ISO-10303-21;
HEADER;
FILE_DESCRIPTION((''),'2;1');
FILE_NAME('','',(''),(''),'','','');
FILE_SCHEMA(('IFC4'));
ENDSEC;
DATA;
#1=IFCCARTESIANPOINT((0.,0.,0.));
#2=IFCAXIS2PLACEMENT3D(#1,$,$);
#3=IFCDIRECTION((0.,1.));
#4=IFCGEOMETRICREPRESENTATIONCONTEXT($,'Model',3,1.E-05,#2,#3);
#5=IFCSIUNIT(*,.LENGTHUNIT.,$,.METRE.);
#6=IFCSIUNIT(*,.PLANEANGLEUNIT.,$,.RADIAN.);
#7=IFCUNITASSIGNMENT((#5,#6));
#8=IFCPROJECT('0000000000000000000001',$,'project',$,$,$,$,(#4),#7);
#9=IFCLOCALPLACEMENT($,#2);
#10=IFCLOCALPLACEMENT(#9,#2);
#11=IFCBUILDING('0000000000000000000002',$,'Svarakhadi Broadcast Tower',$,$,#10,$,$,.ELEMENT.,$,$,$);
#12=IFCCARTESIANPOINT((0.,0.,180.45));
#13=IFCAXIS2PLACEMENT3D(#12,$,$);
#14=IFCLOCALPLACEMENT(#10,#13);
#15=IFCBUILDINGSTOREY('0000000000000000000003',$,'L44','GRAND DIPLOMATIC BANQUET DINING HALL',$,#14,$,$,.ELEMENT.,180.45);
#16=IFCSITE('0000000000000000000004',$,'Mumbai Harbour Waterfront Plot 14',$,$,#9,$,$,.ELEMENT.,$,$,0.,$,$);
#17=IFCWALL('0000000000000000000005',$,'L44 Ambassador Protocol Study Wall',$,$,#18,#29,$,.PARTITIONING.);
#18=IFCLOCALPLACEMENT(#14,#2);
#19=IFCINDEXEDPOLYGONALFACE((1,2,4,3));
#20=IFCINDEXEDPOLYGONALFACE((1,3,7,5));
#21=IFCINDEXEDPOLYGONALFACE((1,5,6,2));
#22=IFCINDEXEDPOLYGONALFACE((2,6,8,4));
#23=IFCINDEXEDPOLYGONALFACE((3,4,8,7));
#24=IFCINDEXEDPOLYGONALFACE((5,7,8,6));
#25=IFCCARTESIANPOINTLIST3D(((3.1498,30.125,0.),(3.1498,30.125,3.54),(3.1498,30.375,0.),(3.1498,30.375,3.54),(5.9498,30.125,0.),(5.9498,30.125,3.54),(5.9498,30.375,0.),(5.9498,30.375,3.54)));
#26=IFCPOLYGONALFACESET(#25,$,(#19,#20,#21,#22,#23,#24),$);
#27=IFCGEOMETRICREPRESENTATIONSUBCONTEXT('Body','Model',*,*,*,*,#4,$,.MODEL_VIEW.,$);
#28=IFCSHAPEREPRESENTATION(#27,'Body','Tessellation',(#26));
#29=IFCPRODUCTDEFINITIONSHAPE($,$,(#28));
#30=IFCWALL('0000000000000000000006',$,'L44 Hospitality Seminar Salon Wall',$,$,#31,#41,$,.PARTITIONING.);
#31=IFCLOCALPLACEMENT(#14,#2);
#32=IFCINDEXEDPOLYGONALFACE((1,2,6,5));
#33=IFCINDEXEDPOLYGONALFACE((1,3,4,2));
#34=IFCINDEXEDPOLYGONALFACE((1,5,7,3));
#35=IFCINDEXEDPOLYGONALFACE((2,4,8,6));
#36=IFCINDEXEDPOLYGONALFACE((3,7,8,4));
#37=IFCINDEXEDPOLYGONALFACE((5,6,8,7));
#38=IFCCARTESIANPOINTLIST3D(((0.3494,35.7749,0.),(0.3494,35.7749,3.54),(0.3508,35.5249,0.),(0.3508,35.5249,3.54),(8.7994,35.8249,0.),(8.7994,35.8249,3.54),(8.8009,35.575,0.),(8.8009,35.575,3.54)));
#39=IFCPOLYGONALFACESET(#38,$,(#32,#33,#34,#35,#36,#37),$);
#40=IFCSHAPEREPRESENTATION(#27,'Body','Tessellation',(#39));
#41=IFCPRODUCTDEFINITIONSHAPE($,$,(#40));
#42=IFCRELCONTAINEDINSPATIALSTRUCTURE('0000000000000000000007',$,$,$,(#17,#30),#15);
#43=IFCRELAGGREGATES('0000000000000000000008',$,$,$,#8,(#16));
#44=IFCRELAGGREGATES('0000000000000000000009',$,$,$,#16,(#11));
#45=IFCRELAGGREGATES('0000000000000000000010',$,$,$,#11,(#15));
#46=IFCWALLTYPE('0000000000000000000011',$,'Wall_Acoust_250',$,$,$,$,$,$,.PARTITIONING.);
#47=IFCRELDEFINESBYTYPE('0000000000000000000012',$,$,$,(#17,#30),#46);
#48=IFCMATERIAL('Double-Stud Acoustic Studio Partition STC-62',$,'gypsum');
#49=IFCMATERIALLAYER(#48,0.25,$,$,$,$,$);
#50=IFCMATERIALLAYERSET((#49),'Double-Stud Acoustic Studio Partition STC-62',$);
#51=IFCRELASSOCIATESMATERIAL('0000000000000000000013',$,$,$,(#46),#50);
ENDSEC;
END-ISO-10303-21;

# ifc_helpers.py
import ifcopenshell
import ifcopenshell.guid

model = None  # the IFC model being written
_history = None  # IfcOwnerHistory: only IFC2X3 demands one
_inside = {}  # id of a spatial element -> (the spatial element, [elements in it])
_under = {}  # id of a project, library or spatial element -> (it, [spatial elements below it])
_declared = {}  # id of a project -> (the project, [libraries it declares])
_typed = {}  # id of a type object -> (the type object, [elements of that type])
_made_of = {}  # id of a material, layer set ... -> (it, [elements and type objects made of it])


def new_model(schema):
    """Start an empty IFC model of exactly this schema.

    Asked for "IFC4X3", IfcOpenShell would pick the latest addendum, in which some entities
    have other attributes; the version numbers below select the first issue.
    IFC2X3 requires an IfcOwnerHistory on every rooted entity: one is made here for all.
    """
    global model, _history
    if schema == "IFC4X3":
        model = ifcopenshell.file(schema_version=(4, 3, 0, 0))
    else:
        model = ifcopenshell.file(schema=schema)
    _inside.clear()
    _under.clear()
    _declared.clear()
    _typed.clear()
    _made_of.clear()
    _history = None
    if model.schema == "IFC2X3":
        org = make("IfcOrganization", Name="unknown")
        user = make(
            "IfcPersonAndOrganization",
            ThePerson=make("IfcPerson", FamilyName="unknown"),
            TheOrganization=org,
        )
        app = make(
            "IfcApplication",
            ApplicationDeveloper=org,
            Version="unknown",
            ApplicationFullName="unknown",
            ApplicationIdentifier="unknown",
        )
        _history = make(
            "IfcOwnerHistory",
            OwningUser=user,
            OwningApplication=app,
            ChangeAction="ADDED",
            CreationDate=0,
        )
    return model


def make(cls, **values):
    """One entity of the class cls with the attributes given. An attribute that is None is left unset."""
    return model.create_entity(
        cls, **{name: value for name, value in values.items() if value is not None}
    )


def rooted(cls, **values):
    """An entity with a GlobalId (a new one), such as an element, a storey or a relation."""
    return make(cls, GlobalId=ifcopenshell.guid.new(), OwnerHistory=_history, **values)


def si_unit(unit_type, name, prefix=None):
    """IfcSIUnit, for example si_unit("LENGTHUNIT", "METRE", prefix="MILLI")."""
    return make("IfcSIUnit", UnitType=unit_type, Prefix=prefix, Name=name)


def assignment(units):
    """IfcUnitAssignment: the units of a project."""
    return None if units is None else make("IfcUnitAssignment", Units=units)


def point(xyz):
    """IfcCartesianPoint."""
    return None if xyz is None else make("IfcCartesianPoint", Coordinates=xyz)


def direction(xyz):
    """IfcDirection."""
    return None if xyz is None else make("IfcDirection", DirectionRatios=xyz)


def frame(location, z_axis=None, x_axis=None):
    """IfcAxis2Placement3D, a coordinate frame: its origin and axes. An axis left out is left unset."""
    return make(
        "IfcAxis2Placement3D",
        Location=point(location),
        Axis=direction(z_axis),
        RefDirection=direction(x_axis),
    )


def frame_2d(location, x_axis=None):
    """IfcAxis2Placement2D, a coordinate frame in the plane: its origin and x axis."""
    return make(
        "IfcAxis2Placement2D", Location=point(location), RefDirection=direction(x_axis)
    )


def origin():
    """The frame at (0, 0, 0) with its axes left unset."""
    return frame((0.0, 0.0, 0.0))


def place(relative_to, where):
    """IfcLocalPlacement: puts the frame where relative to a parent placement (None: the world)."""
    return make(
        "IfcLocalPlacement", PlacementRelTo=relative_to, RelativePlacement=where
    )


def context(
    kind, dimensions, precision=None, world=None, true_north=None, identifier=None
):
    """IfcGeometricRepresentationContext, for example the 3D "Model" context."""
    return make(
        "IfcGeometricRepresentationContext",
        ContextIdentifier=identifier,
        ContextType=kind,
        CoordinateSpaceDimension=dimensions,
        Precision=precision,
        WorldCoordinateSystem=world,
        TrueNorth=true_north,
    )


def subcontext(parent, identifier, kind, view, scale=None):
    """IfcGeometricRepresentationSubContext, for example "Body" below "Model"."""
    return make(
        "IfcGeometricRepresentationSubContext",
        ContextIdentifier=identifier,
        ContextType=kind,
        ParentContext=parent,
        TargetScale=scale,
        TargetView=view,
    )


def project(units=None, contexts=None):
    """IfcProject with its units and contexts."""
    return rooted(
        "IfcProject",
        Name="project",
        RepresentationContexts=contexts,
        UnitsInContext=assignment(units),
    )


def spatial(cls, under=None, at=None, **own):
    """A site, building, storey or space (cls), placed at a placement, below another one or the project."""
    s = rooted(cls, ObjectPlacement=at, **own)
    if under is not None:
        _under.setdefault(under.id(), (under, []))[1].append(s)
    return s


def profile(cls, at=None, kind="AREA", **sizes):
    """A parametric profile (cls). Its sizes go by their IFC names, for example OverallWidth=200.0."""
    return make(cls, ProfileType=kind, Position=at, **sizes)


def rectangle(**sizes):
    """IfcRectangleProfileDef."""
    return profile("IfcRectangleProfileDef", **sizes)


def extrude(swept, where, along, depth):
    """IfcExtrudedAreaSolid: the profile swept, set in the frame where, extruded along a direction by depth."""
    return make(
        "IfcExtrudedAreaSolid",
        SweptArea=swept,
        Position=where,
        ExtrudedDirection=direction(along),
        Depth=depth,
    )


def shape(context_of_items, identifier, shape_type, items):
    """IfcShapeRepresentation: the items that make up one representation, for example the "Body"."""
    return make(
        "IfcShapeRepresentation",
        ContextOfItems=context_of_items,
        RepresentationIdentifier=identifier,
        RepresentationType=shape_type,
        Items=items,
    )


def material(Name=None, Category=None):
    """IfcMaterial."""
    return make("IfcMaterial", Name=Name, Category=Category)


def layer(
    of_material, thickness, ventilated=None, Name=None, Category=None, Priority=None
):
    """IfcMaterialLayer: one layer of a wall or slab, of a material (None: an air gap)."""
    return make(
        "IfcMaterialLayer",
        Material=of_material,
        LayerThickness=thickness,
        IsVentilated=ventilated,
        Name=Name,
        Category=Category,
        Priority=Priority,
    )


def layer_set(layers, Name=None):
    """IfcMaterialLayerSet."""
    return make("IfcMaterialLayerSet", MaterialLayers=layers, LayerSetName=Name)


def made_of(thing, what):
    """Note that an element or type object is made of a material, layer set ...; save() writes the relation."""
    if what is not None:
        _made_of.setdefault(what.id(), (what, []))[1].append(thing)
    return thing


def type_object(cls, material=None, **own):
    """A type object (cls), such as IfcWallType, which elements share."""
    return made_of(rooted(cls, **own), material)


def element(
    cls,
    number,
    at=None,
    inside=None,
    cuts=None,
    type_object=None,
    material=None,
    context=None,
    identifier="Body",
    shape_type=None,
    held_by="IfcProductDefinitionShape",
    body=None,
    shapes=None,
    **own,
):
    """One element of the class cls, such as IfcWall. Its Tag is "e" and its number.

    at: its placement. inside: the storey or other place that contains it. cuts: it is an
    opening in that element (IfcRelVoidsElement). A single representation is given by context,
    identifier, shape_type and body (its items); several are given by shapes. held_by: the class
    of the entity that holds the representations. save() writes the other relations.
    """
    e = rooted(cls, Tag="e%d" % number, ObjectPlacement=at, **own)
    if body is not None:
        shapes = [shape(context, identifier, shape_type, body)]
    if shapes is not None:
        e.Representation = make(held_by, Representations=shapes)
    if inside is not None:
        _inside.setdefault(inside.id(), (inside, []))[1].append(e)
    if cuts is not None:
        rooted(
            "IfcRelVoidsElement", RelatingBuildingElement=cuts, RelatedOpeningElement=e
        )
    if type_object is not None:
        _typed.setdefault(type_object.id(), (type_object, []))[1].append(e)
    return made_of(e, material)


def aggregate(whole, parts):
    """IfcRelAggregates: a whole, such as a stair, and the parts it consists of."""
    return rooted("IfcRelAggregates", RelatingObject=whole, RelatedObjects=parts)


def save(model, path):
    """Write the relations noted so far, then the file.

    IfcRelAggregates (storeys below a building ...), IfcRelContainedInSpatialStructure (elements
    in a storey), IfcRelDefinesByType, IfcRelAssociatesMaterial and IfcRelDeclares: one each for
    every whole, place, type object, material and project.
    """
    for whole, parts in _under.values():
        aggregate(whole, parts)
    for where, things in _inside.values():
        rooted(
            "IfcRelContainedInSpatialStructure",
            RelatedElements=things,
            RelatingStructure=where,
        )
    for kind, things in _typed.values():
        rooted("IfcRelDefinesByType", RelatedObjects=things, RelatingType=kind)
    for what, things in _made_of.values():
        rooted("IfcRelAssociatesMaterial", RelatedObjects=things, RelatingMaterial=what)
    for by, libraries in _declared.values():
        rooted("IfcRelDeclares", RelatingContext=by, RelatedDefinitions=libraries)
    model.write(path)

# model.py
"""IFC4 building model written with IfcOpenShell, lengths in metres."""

from ifc_helpers import new_model, si_unit, direction, frame, frame_2d, origin, place, context, subcontext, project, spatial, rectangle, extrude, material, layer, layer_set, type_object, element, save


model = new_model("IFC4")

# Units and contexts
model_context = context("Model", 3, precision=1e-05, world=origin(), true_north=direction((0.0, 1.0)))
body_context = subcontext(model_context, "Body", "Model", "MODEL_VIEW")
ifc_project = project(units=[si_unit("LENGTHUNIT", "METRE"), si_unit("PLANEANGLEUNIT", "RADIAN")], contexts=[model_context])

# Site, building, storey
site_placement = place(None, origin())
site = spatial("IfcSite", under=ifc_project, at=site_placement, Name="Mumbai Harbour Waterfront Plot 14", CompositionType="ELEMENT", RefElevation=0.0)
building_placement = place(site_placement, origin())
building = spatial("IfcBuilding", under=site, at=building_placement, Name="Svarakhadi Broadcast Tower", CompositionType="ELEMENT")
storey_placement = place(building_placement, frame((0.0, 0.0, 180.45)))
storey = spatial("IfcBuildingStorey", under=building, at=storey_placement, Name="L44", Description="GRAND DIPLOMATIC BANQUET DINING HALL", CompositionType="ELEMENT", Elevation=180.45)

# Walls
ifc_material_1 = material(Name="Double-Stud Acoustic Studio Partition STC-62", Category="gypsum")
ifc_layer_1 = layer(ifc_material_1, 0.25)
ifc_layer_set_1 = layer_set([ifc_layer_1], Name="Double-Stud Acoustic Studio Partition STC-62")
wall_type = type_object("IfcWallType", Name="Wall_Acoust_250", PredefinedType="PARTITIONING", material=ifc_layer_set_1)
wall_1_placement = place(storey_placement, frame((3.1499, 30.25, 0.0), z_axis=(0.0, 0.0, 1.0), x_axis=(1.0, 0.0, 0.0)))
element("IfcWall", 1, at=wall_1_placement, inside=storey, type_object=wall_type, Name="L44 Ambassador Protocol Study Wall", PredefinedType="PARTITIONING", context=body_context, shape_type="SweptSolid", body=[
    extrude(rectangle(XDim=2.8, YDim=0.25, at=frame_2d((1.3999, 0.0))), origin(), (0.0, 0.0, 1.0), 3.54),
])
wall_2_placement = place(storey_placement, frame((0.3501, 35.6499, 0.0), z_axis=(0.0, 0.0, 1.0), x_axis=(0.999982, 0.005923, 0.0)))
element("IfcWall", 2, at=wall_2_placement, inside=storey, type_object=wall_type, Name="L44 Hospitality Seminar Salon Wall", PredefinedType="PARTITIONING", context=body_context, shape_type="SweptSolid", body=[
    extrude(rectangle(XDim=8.4502, YDim=0.25, at=frame_2d((4.2251, 0.0))), origin(), (0.0, 0.0, 1.0), 3.54),
])

save(model, "model.ifc")
